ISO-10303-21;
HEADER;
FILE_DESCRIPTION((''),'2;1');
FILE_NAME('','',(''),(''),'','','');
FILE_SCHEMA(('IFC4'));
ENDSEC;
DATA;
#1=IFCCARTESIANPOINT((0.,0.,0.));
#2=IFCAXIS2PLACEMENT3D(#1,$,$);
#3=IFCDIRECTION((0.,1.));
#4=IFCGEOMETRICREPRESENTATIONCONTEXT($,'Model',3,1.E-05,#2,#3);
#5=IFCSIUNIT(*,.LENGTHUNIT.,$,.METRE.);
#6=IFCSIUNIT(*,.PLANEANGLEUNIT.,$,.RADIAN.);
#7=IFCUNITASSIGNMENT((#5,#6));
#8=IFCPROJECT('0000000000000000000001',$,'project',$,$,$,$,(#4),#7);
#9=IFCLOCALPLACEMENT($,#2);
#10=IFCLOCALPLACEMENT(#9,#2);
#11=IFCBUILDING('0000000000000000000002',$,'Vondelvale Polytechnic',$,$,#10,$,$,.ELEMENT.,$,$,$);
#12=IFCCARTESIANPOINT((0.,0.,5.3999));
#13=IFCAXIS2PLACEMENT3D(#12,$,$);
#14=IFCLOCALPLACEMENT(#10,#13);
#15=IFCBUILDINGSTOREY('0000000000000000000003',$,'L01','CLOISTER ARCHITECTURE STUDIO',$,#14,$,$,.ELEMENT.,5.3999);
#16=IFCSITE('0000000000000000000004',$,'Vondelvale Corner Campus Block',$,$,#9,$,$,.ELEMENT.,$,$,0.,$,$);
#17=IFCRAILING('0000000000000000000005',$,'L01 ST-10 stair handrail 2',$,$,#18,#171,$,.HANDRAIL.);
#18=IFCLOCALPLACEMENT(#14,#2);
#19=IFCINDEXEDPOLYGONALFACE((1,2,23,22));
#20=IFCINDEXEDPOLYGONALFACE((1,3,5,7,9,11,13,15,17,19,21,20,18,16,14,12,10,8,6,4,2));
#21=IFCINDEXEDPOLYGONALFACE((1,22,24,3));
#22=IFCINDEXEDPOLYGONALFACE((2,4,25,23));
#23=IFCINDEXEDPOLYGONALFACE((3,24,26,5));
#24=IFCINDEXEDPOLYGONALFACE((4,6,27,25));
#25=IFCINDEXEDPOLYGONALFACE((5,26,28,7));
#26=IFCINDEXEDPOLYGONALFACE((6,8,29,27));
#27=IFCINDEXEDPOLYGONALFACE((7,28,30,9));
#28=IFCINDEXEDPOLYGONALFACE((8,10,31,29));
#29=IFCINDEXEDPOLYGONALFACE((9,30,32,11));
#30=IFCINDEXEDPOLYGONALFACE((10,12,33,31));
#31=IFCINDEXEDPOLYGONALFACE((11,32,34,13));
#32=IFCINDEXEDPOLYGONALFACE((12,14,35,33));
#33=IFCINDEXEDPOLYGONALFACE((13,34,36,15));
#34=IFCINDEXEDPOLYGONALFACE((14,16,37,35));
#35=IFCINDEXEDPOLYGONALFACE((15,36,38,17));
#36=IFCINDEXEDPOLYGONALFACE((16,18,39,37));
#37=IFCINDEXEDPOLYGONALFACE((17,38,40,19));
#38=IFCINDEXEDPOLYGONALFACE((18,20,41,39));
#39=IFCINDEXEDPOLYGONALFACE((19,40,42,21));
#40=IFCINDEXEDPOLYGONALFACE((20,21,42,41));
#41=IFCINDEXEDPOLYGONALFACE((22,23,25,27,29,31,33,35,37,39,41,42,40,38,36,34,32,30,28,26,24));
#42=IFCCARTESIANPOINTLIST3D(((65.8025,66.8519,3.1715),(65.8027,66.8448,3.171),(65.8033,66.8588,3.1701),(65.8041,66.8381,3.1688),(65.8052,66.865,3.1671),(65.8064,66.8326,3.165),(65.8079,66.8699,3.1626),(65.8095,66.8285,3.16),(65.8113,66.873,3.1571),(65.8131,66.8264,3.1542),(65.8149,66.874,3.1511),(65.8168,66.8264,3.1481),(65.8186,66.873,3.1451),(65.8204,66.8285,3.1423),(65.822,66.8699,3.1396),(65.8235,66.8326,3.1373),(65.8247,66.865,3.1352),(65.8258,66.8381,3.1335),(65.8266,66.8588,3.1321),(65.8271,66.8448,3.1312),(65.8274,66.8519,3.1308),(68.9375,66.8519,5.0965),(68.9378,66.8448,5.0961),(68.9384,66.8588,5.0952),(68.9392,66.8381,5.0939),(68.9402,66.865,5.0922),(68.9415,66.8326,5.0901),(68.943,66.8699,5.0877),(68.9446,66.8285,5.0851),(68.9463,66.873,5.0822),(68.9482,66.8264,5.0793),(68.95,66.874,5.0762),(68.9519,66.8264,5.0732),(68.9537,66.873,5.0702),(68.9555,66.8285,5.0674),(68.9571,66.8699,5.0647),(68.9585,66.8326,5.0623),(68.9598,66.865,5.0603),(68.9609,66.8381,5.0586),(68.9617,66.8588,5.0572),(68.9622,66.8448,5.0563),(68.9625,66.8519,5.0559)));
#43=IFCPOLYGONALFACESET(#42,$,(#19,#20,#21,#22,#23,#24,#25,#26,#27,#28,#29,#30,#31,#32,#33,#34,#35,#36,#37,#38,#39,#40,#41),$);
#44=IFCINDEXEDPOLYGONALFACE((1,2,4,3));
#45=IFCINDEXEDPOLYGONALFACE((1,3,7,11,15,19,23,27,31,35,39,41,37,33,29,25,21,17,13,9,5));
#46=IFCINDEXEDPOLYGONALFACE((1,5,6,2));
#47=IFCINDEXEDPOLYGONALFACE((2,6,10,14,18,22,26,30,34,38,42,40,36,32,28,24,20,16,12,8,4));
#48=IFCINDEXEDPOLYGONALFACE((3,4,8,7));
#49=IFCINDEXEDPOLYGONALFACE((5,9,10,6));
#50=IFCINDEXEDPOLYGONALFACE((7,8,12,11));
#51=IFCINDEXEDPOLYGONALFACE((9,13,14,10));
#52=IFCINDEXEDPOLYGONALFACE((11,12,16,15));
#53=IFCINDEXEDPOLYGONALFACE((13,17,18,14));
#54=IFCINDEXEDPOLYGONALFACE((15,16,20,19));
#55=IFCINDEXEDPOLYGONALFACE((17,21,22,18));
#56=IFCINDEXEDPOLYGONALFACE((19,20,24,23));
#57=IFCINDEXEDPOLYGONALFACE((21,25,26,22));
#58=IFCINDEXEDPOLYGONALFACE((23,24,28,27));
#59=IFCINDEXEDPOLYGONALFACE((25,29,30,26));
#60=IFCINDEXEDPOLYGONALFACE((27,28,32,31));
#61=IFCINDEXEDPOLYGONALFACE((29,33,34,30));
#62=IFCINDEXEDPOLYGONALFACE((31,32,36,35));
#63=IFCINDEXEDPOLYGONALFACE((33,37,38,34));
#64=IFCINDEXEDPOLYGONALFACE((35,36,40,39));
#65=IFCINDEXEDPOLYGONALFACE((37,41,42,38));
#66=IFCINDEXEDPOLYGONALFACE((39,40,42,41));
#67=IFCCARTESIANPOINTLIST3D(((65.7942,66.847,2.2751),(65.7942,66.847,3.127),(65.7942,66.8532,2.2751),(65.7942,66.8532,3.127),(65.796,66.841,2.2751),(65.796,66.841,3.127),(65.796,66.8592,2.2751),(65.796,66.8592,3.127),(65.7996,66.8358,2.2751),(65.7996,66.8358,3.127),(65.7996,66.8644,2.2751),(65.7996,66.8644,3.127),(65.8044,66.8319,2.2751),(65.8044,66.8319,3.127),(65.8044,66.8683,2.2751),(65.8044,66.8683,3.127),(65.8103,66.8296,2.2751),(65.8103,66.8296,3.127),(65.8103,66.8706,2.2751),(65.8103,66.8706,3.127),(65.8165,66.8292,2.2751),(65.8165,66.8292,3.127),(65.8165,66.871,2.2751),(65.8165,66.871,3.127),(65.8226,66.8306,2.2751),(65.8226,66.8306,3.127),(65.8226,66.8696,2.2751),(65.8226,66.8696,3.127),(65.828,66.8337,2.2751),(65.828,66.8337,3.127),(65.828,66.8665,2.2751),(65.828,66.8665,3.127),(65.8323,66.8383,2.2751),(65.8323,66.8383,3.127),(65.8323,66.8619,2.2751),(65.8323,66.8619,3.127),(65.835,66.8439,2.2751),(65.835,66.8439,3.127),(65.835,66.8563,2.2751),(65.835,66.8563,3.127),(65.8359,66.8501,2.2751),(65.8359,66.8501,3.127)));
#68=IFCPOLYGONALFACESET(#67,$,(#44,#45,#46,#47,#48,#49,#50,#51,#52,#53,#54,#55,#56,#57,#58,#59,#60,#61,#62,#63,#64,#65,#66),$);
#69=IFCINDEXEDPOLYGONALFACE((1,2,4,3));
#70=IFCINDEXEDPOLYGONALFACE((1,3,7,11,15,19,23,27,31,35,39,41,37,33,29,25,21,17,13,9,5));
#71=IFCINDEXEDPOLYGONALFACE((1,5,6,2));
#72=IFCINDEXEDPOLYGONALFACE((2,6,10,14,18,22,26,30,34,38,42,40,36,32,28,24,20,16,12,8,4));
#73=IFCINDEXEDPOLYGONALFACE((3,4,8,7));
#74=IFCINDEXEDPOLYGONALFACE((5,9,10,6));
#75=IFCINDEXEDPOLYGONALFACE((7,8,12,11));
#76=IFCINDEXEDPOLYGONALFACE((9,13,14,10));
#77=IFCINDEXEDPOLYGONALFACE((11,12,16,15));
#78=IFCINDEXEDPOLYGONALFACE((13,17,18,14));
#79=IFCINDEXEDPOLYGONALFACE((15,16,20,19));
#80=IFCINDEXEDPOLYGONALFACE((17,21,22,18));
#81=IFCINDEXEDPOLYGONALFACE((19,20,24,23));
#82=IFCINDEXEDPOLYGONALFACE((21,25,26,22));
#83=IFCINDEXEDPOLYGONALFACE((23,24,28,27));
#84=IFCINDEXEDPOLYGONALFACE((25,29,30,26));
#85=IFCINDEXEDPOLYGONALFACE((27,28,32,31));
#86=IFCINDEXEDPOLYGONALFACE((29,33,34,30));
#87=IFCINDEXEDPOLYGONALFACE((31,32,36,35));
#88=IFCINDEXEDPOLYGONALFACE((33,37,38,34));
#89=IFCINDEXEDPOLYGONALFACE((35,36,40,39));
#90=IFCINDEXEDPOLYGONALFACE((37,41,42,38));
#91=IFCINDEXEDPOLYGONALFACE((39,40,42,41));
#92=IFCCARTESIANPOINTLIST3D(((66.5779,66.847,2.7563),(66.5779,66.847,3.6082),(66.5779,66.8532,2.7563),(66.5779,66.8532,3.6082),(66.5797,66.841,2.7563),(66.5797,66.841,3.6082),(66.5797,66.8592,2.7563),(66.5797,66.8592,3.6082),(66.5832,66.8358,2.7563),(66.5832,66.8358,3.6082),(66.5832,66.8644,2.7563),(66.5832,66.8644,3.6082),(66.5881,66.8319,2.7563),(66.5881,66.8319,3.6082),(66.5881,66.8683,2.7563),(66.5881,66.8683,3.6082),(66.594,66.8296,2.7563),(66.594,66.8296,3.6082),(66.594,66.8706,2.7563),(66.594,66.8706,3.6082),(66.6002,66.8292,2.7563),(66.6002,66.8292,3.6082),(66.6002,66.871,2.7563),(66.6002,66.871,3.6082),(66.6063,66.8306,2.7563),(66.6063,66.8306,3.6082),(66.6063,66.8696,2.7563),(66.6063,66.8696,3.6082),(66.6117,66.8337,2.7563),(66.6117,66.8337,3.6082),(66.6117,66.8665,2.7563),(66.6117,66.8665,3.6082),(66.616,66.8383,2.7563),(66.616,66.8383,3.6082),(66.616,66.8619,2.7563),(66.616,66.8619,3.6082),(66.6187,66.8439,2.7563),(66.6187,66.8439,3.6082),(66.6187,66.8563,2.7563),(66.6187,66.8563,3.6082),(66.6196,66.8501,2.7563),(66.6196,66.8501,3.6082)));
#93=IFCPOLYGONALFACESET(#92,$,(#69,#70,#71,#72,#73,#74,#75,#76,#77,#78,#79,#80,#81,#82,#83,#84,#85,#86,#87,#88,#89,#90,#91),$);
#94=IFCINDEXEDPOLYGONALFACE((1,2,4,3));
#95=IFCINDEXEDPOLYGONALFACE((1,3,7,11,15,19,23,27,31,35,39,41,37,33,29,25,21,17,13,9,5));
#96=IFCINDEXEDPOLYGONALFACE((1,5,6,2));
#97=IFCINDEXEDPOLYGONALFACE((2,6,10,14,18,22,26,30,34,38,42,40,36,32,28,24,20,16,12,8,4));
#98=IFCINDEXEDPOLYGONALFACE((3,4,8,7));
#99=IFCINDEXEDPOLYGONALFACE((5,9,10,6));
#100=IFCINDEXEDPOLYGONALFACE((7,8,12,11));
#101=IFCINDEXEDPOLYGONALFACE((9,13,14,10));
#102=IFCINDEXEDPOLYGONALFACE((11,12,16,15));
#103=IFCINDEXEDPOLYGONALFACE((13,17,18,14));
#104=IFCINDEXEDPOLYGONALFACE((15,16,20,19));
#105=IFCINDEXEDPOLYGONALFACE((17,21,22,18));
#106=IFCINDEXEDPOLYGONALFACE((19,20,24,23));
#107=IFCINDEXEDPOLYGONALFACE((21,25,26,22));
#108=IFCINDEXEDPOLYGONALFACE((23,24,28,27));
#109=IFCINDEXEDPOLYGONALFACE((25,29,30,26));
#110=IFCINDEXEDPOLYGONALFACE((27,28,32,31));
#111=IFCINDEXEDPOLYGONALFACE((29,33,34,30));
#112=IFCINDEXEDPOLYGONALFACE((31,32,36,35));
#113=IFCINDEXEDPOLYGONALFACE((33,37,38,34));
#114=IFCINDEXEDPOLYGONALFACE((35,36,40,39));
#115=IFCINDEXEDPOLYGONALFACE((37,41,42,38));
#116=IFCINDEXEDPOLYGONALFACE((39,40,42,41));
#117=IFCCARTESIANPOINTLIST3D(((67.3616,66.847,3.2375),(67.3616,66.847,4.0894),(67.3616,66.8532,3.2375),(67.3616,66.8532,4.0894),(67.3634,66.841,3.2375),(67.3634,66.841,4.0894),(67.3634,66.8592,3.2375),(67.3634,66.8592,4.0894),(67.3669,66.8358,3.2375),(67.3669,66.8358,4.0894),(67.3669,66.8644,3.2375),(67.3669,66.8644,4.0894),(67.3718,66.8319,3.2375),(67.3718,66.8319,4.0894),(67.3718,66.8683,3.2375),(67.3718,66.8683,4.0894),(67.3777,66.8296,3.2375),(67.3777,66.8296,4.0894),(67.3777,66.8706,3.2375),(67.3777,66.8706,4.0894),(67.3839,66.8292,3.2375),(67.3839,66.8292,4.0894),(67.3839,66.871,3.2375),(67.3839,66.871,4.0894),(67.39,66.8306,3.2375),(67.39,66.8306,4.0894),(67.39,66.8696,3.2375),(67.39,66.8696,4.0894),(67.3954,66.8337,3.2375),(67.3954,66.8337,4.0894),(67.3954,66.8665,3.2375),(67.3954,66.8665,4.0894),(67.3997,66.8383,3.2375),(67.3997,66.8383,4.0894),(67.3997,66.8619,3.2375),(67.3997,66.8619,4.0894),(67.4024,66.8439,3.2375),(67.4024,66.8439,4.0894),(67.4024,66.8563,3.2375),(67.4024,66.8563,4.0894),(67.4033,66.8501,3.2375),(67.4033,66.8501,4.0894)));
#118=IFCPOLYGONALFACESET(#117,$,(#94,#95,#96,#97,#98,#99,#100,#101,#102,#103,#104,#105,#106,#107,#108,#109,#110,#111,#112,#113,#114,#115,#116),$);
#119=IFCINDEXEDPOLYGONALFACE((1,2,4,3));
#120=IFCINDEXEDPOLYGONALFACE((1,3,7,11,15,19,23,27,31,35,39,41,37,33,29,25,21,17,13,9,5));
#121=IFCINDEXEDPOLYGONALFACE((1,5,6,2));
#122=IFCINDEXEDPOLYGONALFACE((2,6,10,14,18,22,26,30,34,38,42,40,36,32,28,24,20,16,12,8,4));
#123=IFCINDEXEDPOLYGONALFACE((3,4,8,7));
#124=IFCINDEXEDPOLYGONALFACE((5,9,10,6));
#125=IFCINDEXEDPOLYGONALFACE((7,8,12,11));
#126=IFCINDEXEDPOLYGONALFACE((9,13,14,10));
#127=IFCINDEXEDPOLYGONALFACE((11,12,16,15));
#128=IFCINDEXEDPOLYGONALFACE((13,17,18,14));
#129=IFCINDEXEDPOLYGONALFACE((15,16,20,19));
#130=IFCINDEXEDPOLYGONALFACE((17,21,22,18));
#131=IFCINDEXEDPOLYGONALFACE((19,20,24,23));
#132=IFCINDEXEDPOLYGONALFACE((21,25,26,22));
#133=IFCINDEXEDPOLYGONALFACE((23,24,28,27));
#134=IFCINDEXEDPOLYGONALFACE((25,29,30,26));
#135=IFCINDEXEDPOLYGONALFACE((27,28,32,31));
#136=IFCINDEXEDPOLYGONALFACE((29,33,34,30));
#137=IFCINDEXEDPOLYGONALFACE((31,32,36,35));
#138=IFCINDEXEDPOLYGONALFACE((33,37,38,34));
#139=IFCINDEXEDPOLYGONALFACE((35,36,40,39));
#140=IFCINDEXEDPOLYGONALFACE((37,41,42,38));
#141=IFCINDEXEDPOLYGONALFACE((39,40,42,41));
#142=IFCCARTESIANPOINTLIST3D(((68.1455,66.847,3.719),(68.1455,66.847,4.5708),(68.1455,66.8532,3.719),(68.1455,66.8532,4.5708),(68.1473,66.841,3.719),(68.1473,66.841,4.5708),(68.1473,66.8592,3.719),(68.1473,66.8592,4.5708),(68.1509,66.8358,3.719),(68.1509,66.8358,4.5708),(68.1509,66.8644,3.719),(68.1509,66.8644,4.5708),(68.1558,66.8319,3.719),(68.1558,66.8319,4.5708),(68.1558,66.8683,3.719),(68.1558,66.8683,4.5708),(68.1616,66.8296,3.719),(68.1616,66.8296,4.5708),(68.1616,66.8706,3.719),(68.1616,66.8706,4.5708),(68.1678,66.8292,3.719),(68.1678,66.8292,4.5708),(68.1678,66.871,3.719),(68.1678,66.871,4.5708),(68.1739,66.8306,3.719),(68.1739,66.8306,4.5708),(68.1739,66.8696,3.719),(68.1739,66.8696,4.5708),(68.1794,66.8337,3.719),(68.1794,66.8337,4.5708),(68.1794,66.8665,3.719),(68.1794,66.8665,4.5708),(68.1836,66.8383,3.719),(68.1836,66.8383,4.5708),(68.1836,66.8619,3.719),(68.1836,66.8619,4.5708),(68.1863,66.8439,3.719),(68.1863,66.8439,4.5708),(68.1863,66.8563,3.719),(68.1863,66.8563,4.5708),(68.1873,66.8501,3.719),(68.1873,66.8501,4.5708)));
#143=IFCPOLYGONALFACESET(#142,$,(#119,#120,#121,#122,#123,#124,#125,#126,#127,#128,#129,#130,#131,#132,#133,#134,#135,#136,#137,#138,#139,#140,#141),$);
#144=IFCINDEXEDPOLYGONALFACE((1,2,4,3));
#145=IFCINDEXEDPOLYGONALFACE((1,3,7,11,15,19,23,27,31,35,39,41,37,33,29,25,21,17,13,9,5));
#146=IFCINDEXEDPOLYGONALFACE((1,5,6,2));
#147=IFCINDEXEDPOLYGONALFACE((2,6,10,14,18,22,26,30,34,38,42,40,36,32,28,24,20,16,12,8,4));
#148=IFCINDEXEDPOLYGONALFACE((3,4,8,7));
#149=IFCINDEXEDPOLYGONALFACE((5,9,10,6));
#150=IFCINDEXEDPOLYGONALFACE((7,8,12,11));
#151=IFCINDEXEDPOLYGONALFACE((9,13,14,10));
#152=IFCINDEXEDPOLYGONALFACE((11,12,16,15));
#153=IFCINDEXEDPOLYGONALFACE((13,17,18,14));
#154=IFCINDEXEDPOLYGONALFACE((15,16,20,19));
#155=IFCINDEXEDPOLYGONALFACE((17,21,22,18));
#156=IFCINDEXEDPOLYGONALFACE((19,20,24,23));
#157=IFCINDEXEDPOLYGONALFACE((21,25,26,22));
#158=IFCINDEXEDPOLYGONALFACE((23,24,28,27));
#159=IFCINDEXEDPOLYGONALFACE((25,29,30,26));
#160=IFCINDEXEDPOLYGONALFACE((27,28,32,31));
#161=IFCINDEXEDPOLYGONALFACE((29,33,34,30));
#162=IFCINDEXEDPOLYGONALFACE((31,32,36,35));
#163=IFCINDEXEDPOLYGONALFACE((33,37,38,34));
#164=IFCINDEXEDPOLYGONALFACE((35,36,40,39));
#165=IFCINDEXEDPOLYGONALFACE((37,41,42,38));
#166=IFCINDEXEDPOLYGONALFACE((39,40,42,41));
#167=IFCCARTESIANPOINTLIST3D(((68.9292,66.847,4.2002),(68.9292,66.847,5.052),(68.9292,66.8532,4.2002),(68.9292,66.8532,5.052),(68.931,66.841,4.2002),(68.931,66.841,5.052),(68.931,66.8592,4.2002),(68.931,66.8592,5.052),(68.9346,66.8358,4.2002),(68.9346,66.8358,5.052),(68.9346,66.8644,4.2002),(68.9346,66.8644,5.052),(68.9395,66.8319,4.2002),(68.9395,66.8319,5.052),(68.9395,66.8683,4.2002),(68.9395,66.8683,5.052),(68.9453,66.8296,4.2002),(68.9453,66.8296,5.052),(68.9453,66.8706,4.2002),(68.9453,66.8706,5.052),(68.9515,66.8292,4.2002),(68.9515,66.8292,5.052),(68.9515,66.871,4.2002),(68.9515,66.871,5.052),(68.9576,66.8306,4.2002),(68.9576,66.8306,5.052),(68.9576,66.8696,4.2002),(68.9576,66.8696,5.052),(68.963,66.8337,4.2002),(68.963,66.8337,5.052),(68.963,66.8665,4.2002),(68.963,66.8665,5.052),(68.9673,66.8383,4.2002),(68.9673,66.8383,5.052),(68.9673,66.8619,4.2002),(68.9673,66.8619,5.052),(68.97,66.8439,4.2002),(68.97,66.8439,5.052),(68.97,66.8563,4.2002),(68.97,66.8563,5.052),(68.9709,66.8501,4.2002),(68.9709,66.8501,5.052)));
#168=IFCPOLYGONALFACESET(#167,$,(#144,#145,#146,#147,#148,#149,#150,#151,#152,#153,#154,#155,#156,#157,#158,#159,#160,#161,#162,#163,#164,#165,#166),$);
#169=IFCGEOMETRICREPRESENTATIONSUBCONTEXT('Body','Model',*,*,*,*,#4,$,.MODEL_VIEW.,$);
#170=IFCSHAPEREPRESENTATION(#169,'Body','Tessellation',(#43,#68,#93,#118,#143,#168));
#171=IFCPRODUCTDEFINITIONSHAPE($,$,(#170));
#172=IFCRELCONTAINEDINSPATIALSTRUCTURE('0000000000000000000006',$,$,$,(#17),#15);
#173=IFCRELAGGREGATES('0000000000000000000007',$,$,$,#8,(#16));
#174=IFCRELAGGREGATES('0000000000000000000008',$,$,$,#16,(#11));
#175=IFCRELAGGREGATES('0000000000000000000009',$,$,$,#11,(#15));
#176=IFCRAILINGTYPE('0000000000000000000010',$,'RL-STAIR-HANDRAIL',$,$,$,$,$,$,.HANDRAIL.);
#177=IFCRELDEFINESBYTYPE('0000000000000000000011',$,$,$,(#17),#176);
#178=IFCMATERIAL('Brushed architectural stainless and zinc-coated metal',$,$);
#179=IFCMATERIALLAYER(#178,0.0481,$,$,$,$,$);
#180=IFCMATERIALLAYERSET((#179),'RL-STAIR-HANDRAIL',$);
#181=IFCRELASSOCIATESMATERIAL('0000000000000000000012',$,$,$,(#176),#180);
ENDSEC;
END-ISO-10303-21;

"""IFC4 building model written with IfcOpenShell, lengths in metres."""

from ifc_helpers import new_model, si_unit, direction, frame, origin, origin_2d, place, context, subcontext, project, spatial, circle, extrude, material, layer, layer_set, type_object, element, save


model = new_model("IFC4")

# Units and contexts
model_context = context("Model", 3, precision=1e-05, world=origin(), true_north=direction((0.0, 1.0)))
body_context = subcontext(model_context, "Body", "Model", "MODEL_VIEW")
ifc_project = project(units=[si_unit("LENGTHUNIT", "METRE"), si_unit("PLANEANGLEUNIT", "RADIAN")], contexts=[model_context])

# Site, building, storey
site_placement = place(None, origin())
site = spatial("IfcSite", under=ifc_project, at=site_placement, Name="Vondelvale Corner Campus Block", CompositionType="ELEMENT", RefElevation=0.0)
building_placement = place(site_placement, origin())
building = spatial("IfcBuilding", under=site, at=building_placement, Name="Vondelvale Polytechnic", CompositionType="ELEMENT")
storey_placement = place(building_placement, frame((0.0, 0.0, 5.3999)))
storey = spatial("IfcBuildingStorey", under=building, at=storey_placement, Name="L01", Description="CLOISTER ARCHITECTURE STUDIO", CompositionType="ELEMENT", Elevation=5.3999)

# Railing
ifc_material_1 = material(Name="Brushed architectural stainless and zinc-coated metal")
ifc_layer_1 = layer(ifc_material_1, 0.0481)
ifc_layer_set_1 = layer_set([ifc_layer_1], Name="RL-STAIR-HANDRAIL")
railing_type_1 = type_object("IfcRailingType", Name="RL-STAIR-HANDRAIL", PredefinedType="HANDRAIL", material=ifc_layer_set_1)
railing_1_placement = place(storey_placement, frame((65.8149, 66.8501, 2.2751)))
element("IfcRailing", 1, at=railing_1_placement, inside=storey, type_object=railing_type_1, Name="L01 ST-10 stair handrail 2", PredefinedType="HANDRAIL", context=body_context, shape_type="SweptSolid", body=[
    extrude(circle(Radius=0.0239, at=origin_2d()), frame((0.0, 0.0, 0.876), z_axis=(0.852166, 0.0, 0.523271), x_axis=(0.0, 1.0, 0.0)), (0.0, 0.0, 1.0), 3.679),
    extrude(circle(Radius=0.021, at=origin_2d()), origin(), (0.0, 0.0, 1.0), 0.8518),
    extrude(circle(Radius=0.021, at=origin_2d()), frame((0.7837, 0.0, 0.4812)), (0.0, 0.0, 1.0), 0.8518),
    extrude(circle(Radius=0.021, at=origin_2d()), frame((1.5674, 0.0, 0.9624)), (0.0, 0.0, 1.0), 0.8518),
    extrude(circle(Radius=0.021, at=origin_2d()), frame((2.3513, 0.0, 1.4438)), (0.0, 0.0, 1.0), 0.8518),
    extrude(circle(Radius=0.021, at=origin_2d()), frame((3.135, 0.0, 1.925)), (0.0, 0.0, 1.0), 0.8518),
])

save(model, "model.ifc")
